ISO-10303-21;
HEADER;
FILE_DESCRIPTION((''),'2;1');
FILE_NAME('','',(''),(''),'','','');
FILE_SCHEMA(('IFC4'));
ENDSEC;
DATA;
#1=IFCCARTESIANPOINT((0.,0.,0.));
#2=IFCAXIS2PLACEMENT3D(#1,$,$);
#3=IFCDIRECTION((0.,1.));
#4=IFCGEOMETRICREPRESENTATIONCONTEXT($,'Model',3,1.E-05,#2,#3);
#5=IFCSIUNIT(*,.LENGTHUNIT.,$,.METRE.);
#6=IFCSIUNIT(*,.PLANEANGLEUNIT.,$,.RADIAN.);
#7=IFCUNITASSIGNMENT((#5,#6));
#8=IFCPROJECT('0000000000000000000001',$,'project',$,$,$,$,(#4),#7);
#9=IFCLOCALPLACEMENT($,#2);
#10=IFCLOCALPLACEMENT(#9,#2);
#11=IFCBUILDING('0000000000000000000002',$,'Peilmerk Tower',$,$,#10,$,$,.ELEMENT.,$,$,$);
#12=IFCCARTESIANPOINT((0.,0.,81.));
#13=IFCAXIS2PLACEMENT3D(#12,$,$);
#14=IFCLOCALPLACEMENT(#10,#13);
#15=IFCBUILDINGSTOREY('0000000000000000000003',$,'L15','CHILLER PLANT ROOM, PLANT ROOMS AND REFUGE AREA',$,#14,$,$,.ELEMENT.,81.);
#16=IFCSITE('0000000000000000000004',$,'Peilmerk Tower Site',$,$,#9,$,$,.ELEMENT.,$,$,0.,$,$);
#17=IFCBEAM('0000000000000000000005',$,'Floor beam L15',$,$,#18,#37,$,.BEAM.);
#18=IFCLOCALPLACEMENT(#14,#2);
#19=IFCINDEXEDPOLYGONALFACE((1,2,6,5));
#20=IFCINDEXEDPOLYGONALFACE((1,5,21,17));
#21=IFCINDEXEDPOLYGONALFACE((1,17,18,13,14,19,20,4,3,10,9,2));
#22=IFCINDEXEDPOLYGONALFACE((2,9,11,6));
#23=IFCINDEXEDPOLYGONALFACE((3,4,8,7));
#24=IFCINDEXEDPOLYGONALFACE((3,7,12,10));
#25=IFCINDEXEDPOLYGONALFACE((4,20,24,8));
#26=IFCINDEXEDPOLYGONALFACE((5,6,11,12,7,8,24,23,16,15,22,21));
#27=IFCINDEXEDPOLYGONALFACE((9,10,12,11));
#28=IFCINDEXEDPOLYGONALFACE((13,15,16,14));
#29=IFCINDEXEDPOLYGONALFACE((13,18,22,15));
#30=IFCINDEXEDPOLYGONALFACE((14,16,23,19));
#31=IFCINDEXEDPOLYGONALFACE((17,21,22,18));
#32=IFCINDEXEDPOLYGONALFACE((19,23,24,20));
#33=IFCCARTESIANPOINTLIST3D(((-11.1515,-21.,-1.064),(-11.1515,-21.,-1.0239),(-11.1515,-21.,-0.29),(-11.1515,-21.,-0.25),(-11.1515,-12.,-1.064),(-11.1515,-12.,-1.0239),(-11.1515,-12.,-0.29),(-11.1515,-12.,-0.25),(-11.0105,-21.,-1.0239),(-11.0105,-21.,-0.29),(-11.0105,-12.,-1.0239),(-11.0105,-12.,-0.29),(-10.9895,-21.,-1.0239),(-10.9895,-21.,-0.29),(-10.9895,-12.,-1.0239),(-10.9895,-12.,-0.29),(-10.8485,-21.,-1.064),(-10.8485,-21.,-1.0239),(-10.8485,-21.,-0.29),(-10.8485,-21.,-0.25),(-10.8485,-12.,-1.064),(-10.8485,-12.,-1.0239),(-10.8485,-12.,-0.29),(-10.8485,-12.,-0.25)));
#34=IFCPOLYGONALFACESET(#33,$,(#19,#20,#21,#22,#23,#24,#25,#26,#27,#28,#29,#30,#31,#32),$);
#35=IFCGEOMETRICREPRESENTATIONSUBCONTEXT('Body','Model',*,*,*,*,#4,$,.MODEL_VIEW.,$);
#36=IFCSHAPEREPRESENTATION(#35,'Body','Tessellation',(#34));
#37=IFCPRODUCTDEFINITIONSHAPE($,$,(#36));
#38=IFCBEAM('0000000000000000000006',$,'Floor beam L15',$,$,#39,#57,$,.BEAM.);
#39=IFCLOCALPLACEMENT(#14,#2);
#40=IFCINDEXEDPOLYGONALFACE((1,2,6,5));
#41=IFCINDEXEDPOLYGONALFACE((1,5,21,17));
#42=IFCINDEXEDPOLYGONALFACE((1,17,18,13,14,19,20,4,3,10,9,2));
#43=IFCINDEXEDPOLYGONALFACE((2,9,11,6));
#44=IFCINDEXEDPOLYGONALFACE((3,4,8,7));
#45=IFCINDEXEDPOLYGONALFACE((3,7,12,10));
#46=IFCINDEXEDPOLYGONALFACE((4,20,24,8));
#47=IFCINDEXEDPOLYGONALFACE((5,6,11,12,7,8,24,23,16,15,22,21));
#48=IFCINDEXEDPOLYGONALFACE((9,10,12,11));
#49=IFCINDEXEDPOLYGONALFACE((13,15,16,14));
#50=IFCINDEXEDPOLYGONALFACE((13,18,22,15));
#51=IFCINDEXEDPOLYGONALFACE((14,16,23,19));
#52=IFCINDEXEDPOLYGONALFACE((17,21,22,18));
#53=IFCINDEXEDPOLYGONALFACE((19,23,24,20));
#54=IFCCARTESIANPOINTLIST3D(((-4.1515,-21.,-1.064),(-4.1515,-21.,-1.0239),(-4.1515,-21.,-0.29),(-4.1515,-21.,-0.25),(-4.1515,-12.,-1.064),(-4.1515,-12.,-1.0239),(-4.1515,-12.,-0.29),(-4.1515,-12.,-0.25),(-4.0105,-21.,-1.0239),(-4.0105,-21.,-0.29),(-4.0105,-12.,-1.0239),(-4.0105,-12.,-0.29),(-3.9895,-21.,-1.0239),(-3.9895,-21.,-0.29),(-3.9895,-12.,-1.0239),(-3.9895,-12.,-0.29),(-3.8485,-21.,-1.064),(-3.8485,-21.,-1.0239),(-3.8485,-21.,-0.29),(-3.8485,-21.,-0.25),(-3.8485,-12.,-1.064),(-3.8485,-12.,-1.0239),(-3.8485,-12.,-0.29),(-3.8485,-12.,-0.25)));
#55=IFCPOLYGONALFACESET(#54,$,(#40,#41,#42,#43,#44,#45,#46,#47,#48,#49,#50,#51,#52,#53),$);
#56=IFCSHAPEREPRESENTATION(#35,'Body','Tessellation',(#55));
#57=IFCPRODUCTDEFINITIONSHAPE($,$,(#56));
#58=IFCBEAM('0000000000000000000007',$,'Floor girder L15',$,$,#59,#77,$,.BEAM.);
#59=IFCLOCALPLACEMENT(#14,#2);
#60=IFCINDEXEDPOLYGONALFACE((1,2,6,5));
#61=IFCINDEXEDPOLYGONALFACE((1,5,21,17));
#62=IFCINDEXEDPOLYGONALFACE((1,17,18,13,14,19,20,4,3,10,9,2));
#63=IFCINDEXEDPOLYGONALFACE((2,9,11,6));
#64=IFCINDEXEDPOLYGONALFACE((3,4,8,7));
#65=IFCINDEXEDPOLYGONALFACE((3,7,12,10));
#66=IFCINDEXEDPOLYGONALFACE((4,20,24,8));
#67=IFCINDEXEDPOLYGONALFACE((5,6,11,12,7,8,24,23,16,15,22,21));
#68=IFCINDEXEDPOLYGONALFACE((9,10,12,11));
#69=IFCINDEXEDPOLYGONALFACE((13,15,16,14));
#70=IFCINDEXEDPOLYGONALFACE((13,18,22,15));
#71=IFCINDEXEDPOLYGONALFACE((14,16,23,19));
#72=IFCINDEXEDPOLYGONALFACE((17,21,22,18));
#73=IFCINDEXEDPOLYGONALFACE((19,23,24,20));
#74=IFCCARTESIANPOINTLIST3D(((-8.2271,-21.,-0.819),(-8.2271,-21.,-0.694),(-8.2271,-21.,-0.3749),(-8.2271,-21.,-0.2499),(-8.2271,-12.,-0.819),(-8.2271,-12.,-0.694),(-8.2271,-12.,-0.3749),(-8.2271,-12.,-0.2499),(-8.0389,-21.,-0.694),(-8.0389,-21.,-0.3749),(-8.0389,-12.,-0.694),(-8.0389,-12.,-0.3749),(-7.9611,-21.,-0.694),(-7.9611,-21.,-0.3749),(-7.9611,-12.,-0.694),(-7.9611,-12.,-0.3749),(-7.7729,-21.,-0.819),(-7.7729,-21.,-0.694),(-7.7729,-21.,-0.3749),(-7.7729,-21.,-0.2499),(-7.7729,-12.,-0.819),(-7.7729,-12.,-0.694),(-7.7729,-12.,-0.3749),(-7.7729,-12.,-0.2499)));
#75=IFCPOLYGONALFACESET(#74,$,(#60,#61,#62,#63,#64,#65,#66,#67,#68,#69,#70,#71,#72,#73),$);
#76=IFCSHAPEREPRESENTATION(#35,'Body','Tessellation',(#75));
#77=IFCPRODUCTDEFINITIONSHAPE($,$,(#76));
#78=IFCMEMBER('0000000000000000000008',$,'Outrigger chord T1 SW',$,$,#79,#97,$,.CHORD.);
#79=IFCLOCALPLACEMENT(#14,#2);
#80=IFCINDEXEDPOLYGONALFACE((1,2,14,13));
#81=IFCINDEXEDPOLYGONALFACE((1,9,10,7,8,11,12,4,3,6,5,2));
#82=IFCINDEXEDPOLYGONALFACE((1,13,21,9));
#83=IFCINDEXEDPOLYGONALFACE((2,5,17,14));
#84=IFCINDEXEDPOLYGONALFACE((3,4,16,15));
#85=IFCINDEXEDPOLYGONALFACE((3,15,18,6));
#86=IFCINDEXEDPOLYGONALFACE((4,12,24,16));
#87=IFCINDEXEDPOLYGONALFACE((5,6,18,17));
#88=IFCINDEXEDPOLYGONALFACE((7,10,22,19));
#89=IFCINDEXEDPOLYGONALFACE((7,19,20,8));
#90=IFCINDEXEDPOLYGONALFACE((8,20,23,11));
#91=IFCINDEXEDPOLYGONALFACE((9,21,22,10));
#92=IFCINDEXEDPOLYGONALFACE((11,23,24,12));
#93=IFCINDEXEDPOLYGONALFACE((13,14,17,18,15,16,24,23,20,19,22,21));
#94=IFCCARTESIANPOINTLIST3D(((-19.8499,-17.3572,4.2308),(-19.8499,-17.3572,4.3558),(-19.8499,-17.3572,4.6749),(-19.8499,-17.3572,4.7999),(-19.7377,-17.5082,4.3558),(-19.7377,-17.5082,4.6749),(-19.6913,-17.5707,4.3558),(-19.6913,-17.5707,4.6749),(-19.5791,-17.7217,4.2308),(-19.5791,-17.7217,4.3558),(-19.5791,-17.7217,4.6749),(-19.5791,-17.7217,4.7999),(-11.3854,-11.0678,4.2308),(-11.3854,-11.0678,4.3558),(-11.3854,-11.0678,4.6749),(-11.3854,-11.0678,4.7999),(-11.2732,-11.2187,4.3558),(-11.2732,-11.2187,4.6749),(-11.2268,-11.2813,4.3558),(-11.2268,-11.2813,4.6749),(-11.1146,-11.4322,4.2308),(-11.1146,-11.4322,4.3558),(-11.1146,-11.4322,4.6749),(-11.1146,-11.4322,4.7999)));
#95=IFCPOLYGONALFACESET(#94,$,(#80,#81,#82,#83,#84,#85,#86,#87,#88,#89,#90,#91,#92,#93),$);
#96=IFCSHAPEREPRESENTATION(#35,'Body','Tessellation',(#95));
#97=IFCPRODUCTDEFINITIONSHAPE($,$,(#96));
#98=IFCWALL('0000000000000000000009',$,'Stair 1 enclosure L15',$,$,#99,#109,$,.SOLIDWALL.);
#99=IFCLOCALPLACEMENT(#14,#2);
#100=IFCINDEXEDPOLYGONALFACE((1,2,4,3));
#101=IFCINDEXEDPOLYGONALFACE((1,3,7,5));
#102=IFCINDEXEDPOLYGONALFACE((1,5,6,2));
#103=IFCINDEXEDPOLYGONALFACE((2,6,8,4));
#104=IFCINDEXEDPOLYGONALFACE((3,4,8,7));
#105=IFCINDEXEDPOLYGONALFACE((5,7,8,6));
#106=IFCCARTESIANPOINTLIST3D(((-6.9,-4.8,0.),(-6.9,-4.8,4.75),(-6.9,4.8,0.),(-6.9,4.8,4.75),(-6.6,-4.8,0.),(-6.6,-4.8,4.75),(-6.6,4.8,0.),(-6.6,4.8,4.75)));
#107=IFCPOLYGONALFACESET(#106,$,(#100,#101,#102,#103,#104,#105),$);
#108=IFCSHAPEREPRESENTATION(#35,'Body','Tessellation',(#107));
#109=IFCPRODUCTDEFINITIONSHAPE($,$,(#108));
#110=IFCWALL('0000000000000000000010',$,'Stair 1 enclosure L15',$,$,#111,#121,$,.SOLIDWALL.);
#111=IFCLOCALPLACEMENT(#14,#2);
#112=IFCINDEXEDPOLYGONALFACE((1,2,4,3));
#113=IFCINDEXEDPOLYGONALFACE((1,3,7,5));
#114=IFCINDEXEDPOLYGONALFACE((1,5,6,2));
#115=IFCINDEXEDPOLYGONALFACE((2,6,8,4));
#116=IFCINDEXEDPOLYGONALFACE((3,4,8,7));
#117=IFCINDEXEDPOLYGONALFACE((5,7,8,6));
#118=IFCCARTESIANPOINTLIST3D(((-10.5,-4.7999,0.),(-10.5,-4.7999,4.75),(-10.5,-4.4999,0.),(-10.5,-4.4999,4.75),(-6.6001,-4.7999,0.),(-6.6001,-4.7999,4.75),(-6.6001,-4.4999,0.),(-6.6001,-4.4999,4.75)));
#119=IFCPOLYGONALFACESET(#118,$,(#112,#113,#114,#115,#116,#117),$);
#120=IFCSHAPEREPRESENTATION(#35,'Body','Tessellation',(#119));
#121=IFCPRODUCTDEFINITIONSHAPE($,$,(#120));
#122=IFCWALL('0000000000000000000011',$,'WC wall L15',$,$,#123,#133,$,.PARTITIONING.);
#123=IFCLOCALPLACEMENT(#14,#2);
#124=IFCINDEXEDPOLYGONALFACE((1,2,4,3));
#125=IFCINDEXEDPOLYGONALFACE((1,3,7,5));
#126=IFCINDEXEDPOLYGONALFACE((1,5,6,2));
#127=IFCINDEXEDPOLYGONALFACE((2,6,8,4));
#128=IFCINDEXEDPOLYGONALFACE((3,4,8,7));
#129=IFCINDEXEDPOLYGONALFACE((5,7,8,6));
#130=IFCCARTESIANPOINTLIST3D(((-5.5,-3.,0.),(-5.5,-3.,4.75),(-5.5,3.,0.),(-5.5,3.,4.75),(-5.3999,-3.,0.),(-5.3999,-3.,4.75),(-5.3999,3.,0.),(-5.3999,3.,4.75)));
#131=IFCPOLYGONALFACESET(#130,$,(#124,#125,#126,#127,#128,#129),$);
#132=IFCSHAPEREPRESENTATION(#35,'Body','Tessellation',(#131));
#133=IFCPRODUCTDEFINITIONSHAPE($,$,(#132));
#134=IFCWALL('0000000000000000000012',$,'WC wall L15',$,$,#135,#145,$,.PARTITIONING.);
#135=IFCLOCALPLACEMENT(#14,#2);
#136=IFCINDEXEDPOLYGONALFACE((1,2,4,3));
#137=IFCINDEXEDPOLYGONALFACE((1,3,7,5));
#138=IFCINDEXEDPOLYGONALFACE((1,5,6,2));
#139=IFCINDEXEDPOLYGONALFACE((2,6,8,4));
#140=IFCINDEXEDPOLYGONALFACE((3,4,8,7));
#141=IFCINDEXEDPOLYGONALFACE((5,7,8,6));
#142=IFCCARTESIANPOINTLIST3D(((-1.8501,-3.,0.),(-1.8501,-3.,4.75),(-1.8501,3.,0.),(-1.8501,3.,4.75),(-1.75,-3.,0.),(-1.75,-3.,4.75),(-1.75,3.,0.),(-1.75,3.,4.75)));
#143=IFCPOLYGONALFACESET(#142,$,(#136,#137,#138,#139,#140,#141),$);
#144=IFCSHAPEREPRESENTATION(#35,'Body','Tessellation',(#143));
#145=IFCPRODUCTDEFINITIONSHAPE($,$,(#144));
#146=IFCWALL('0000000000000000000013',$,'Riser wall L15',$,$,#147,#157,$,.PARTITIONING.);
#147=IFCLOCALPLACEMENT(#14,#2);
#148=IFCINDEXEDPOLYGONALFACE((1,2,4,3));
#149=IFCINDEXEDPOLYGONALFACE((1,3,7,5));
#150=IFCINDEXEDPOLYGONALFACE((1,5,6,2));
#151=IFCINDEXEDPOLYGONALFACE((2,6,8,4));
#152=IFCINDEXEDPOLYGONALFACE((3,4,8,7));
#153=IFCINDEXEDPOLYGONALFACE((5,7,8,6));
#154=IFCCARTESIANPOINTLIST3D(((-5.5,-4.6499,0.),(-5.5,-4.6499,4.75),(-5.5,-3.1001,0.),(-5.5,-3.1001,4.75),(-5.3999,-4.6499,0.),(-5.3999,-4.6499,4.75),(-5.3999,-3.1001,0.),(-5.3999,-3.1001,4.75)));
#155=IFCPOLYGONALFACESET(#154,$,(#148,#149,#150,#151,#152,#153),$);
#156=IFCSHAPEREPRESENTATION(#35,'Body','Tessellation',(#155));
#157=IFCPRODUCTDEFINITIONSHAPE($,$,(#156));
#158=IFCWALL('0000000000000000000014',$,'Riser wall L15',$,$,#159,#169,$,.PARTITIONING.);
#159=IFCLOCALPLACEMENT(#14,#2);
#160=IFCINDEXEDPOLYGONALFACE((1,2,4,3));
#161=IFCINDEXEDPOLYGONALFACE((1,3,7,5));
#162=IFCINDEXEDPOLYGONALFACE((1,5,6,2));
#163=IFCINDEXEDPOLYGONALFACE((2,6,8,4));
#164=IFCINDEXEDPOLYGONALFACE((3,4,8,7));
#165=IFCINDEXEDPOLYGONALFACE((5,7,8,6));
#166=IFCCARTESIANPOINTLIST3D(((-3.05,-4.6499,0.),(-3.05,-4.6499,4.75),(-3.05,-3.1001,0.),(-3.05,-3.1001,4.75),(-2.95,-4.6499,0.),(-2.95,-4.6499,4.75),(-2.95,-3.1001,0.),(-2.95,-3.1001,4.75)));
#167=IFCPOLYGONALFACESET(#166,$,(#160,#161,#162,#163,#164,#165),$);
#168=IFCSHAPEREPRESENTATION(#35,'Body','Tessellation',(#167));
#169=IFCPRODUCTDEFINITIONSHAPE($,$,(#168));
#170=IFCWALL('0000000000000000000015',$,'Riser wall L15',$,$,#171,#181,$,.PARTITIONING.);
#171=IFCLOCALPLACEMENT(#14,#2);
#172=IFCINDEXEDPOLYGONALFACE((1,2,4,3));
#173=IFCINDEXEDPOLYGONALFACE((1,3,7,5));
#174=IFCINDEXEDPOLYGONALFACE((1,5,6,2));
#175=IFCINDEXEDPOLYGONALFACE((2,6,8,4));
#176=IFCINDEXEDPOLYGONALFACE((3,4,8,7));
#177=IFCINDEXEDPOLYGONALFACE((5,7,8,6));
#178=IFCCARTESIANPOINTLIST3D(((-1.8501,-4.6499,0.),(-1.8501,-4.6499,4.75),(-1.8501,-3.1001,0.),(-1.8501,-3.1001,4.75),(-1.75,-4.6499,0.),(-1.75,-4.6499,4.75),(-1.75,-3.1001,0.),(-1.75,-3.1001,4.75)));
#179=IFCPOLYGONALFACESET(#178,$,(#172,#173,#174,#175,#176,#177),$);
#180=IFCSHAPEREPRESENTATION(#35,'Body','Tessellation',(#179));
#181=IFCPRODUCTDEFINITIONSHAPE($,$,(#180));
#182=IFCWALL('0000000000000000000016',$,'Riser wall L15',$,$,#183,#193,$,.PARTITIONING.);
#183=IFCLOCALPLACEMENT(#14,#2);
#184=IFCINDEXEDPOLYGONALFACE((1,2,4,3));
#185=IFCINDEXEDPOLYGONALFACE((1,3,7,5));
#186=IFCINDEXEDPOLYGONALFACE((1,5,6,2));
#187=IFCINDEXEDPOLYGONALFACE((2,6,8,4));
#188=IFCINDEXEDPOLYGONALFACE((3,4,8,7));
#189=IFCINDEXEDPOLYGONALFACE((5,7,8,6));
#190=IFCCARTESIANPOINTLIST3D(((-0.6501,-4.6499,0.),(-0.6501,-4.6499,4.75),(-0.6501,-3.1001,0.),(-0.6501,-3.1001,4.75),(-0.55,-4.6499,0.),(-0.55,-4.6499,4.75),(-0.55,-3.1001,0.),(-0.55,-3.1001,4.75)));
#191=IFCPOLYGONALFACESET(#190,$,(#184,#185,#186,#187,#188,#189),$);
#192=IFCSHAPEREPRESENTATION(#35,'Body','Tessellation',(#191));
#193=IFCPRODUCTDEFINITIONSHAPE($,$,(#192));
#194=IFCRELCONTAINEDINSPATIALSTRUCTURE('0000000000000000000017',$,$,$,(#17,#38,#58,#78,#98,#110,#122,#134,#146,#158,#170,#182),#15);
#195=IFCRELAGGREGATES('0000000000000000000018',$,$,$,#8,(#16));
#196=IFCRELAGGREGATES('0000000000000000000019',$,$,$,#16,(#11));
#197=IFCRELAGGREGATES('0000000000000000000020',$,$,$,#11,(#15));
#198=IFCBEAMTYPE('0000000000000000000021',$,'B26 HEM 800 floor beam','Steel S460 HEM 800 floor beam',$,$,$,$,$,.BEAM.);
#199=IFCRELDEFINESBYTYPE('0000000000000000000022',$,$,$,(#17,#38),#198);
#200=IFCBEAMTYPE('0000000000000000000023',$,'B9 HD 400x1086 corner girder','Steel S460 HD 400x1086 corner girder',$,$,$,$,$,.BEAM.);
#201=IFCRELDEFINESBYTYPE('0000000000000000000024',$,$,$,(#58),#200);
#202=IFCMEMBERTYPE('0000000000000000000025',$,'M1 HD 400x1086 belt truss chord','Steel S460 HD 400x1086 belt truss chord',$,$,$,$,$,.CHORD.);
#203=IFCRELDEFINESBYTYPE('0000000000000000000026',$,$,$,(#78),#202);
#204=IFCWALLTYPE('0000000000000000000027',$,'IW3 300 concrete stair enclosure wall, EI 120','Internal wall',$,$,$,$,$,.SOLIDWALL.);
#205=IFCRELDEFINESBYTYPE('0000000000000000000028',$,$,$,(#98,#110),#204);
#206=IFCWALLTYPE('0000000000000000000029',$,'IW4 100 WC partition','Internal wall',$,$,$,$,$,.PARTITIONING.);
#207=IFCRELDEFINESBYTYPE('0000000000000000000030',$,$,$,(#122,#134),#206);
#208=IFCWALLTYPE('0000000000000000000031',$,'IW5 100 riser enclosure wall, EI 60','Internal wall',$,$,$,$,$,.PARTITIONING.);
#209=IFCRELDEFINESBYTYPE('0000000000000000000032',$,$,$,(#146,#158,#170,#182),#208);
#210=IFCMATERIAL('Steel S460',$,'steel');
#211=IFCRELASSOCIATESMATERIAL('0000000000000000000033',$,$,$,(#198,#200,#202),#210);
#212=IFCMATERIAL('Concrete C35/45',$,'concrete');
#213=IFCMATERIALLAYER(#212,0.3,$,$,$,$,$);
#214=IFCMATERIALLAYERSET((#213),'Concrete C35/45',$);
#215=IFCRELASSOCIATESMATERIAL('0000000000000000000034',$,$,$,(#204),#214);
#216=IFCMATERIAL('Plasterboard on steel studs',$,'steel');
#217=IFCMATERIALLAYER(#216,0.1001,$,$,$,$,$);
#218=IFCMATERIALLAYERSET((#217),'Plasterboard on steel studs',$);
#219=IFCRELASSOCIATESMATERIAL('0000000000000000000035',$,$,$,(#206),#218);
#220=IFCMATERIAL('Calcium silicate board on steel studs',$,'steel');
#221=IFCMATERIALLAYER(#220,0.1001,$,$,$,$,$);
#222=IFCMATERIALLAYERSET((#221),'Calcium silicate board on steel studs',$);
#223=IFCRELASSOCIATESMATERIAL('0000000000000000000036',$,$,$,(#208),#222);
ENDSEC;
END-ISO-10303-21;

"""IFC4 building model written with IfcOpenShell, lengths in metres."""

from ifc_helpers import new_model, si_unit, direction, frame, frame_2d, origin, origin_2d, place, context, subcontext, project, spatial, rectangle, i_section, extrude, material, layer, layer_set, material_profile, profile_set, type_object, element, save


model = new_model("IFC4")

# Units and contexts
model_context = context("Model", 3, precision=1e-05, world=origin(), true_north=direction((0.0, 1.0)))
body_context = subcontext(model_context, "Body", "Model", "MODEL_VIEW")
ifc_project = project(units=[si_unit("LENGTHUNIT", "METRE"), si_unit("PLANEANGLEUNIT", "RADIAN")], contexts=[model_context])

# Site, building, storey
site_placement = place(None, origin())
site = spatial("IfcSite", under=ifc_project, at=site_placement, Name="Peilmerk Tower Site", CompositionType="ELEMENT", RefElevation=0.0)
building_placement = place(site_placement, origin())
building = spatial("IfcBuilding", under=site, at=building_placement, Name="Peilmerk Tower", CompositionType="ELEMENT")
storey_placement = place(building_placement, frame((0.0, 0.0, 81.0)))
storey = spatial("IfcBuildingStorey", under=building, at=storey_placement, Name="L15", Description="CHILLER PLANT ROOM, PLANT ROOMS AND REFUGE AREA", CompositionType="ELEMENT", Elevation=81.0)

# Beams
ifc_material_1 = material(Name="Steel S460", Category="steel")
ifc_material_profile_1 = material_profile(ifc_material_1, i_section(OverallWidth=0.303, OverallDepth=0.814, WebThickness=0.021, FlangeThickness=0.04, at=origin_2d()), Name="HEM 800")
ifc_profile_set_1 = profile_set([ifc_material_profile_1], Name="Steel S460")
beam_type_1 = type_object("IfcBeamType", Name="B26 HEM 800 floor beam", Description="Steel S460 HEM 800 floor beam", PredefinedType="BEAM", material=ifc_profile_set_1)
for number, where, z_axis, x_axis, name in (
    (1, (-11.0, -12.0, -0.657), (0.0, -1.0, 0.0), (1.0, 0.0, 0.0), "Floor beam L15"),
    (2, (-4.0, -12.0, -0.657), (0.0, -1.0, 0.0), (1.0, 0.0, 0.0), "Floor beam L15"),
):
    element("IfcBeam", number, at=place(storey_placement, frame(where, z_axis=z_axis, x_axis=x_axis)), inside=storey, type_object=beam_type_1, Name=name, PredefinedType="BEAM", context=body_context, shape_type="SweptSolid", body=[
        extrude(i_section(OverallWidth=0.303, OverallDepth=0.814, WebThickness=0.021, FlangeThickness=0.04, at=origin_2d()), origin(), (0.0, 0.0, 1.0), 9.0),
    ])
ifc_material_profile_2 = material_profile(ifc_material_1, i_section(OverallWidth=0.4541, OverallDepth=0.5691, WebThickness=0.0779, FlangeThickness=0.125, at=origin_2d()), Name="HD 400x1086")
ifc_profile_set_2 = profile_set([ifc_material_profile_2], Name="Steel S460")
beam_type_2 = type_object("IfcBeamType", Name="B9 HD 400x1086 corner girder", Description="Steel S460 HD 400x1086 corner girder", PredefinedType="BEAM", material=ifc_profile_set_2)
beam_placement = place(storey_placement, frame((-8.0, -12.0, -0.5344), z_axis=(0.0, -1.0, 0.0), x_axis=(1.0, 0.0, 0.0)))
element("IfcBeam", 3, at=beam_placement, inside=storey, type_object=beam_type_2, Name="Floor girder L15", PredefinedType="BEAM", context=body_context, shape_type="SweptSolid", body=[
    extrude(i_section(OverallWidth=0.4541, OverallDepth=0.5691, WebThickness=0.0779, FlangeThickness=0.125, at=origin_2d()), origin(), (0.0, 0.0, 1.0), 9.0),
])

# Member
ifc_material_profile_3 = material_profile(ifc_material_1, i_section(OverallWidth=0.4541, OverallDepth=0.5691, WebThickness=0.0779, FlangeThickness=0.125, at=origin_2d()), Name="HD 400x1086")
ifc_profile_set_3 = profile_set([ifc_material_profile_3], Name="Steel S460")
member_type = type_object("IfcMemberType", Name="M1 HD 400x1086 belt truss chord", Description="Steel S460 HD 400x1086 belt truss chord", PredefinedType="CHORD", material=ifc_profile_set_3)
member_placement = place(storey_placement, frame((-11.25, -11.25, 4.5154), z_axis=(-0.802673, -0.596419, 0.0), x_axis=(0.596419, -0.802673, 0.0)))
element("IfcMember", 4, at=member_placement, inside=storey, type_object=member_type, Name="Outrigger chord T1 SW", PredefinedType="CHORD", context=body_context, shape_type="SweptSolid", body=[
    extrude(i_section(OverallWidth=0.4541, OverallDepth=0.5691, WebThickness=0.0779, FlangeThickness=0.125, at=origin_2d()), origin(), (0.0, 0.0, 1.0), 10.5454),
])

# Walls
ifc_material_2 = material(Name="Concrete C35/45", Category="concrete")
ifc_layer_1 = layer(ifc_material_2, 0.3)
ifc_layer_set_1 = layer_set([ifc_layer_1], Name="Concrete C35/45")
wall_type_1 = type_object("IfcWallType", Name="IW3 300 concrete stair enclosure wall, EI 120", Description="Internal wall", PredefinedType="SOLIDWALL", material=ifc_layer_set_1)
wall_1_placement = place(storey_placement, frame((-6.75, -4.8, 0.0), z_axis=(0.0, 0.0, 1.0), x_axis=(0.0, 1.0, 0.0)))
element("IfcWall", 5, at=wall_1_placement, inside=storey, type_object=wall_type_1, Name="Stair 1 enclosure L15", PredefinedType="SOLIDWALL", context=body_context, shape_type="SweptSolid", body=[
    extrude(rectangle(XDim=9.6001, YDim=0.3, at=frame_2d((4.8, 0.0))), origin(), (0.0, 0.0, 1.0), 4.75),
])
wall_2_placement = place(storey_placement, frame((-6.6001, -4.6499, 0.0), z_axis=(0.0, 0.0, 1.0), x_axis=(-1.0, 0.0, 0.0)))
element("IfcWall", 6, at=wall_2_placement, inside=storey, type_object=wall_type_1, Name="Stair 1 enclosure L15", PredefinedType="SOLIDWALL", context=body_context, shape_type="SweptSolid", body=[
    extrude(rectangle(XDim=3.8999, YDim=0.3, at=frame_2d((1.95, 0.0))), origin(), (0.0, 0.0, 1.0), 4.75),
])
ifc_material_3 = material(Name="Plasterboard on steel studs", Category="steel")
ifc_layer_2 = layer(ifc_material_3, 0.1001)
ifc_layer_set_2 = layer_set([ifc_layer_2], Name="Plasterboard on steel studs")
wall_type_2 = type_object("IfcWallType", Name="IW4 100 WC partition", Description="Internal wall", PredefinedType="PARTITIONING", material=ifc_layer_set_2)
for number, where, z_axis, x_axis, name in (
    (7, (-5.45, -3.0, 0.0), (0.0, 0.0, 1.0), (0.0, 1.0, 0.0), "WC wall L15"),
    (8, (-1.8, -3.0, 0.0), (0.0, 0.0, 1.0), (0.0, 1.0, 0.0), "WC wall L15"),
):
    element("IfcWall", number, at=place(storey_placement, frame(where, z_axis=z_axis, x_axis=x_axis)), inside=storey, type_object=wall_type_2, Name=name, PredefinedType="PARTITIONING", context=body_context, shape_type="SweptSolid", body=[
        extrude(rectangle(XDim=6.0, YDim=0.1001, at=frame_2d((3.0, 0.0))), origin(), (0.0, 0.0, 1.0), 4.75),
    ])
ifc_material_4 = material(Name="Calcium silicate board on steel studs", Category="steel")
ifc_layer_3 = layer(ifc_material_4, 0.1001)
ifc_layer_set_3 = layer_set([ifc_layer_3], Name="Calcium silicate board on steel studs")
wall_type_3 = type_object("IfcWallType", Name="IW5 100 riser enclosure wall, EI 60", Description="Internal wall", PredefinedType="PARTITIONING", material=ifc_layer_set_3)
for number, where, z_axis, x_axis, name in (
    (9, (-5.45, -3.1001, 0.0), (0.0, 0.0, 1.0), (0.0, -1.0, 0.0), "Riser wall L15"),
    (10, (-3.0, -3.1001, 0.0), (0.0, 0.0, 1.0), (0.0, -1.0, 0.0), "Riser wall L15"),
    (11, (-1.8, -3.1001, 0.0), (0.0, 0.0, 1.0), (0.0, -1.0, 0.0), "Riser wall L15"),
    (12, (-0.6001, -3.1001, 0.0), (0.0, 0.0, 1.0), (0.0, -1.0, 0.0), "Riser wall L15"),
):
    element("IfcWall", number, at=place(storey_placement, frame(where, z_axis=z_axis, x_axis=x_axis)), inside=storey, type_object=wall_type_3, Name=name, PredefinedType="PARTITIONING", context=body_context, shape_type="SweptSolid", body=[
        extrude(rectangle(XDim=1.5498, YDim=0.1001, at=frame_2d((0.7749, 0.0))), origin(), (0.0, 0.0, 1.0), 4.75),
    ])

save(model, "model.ifc")
